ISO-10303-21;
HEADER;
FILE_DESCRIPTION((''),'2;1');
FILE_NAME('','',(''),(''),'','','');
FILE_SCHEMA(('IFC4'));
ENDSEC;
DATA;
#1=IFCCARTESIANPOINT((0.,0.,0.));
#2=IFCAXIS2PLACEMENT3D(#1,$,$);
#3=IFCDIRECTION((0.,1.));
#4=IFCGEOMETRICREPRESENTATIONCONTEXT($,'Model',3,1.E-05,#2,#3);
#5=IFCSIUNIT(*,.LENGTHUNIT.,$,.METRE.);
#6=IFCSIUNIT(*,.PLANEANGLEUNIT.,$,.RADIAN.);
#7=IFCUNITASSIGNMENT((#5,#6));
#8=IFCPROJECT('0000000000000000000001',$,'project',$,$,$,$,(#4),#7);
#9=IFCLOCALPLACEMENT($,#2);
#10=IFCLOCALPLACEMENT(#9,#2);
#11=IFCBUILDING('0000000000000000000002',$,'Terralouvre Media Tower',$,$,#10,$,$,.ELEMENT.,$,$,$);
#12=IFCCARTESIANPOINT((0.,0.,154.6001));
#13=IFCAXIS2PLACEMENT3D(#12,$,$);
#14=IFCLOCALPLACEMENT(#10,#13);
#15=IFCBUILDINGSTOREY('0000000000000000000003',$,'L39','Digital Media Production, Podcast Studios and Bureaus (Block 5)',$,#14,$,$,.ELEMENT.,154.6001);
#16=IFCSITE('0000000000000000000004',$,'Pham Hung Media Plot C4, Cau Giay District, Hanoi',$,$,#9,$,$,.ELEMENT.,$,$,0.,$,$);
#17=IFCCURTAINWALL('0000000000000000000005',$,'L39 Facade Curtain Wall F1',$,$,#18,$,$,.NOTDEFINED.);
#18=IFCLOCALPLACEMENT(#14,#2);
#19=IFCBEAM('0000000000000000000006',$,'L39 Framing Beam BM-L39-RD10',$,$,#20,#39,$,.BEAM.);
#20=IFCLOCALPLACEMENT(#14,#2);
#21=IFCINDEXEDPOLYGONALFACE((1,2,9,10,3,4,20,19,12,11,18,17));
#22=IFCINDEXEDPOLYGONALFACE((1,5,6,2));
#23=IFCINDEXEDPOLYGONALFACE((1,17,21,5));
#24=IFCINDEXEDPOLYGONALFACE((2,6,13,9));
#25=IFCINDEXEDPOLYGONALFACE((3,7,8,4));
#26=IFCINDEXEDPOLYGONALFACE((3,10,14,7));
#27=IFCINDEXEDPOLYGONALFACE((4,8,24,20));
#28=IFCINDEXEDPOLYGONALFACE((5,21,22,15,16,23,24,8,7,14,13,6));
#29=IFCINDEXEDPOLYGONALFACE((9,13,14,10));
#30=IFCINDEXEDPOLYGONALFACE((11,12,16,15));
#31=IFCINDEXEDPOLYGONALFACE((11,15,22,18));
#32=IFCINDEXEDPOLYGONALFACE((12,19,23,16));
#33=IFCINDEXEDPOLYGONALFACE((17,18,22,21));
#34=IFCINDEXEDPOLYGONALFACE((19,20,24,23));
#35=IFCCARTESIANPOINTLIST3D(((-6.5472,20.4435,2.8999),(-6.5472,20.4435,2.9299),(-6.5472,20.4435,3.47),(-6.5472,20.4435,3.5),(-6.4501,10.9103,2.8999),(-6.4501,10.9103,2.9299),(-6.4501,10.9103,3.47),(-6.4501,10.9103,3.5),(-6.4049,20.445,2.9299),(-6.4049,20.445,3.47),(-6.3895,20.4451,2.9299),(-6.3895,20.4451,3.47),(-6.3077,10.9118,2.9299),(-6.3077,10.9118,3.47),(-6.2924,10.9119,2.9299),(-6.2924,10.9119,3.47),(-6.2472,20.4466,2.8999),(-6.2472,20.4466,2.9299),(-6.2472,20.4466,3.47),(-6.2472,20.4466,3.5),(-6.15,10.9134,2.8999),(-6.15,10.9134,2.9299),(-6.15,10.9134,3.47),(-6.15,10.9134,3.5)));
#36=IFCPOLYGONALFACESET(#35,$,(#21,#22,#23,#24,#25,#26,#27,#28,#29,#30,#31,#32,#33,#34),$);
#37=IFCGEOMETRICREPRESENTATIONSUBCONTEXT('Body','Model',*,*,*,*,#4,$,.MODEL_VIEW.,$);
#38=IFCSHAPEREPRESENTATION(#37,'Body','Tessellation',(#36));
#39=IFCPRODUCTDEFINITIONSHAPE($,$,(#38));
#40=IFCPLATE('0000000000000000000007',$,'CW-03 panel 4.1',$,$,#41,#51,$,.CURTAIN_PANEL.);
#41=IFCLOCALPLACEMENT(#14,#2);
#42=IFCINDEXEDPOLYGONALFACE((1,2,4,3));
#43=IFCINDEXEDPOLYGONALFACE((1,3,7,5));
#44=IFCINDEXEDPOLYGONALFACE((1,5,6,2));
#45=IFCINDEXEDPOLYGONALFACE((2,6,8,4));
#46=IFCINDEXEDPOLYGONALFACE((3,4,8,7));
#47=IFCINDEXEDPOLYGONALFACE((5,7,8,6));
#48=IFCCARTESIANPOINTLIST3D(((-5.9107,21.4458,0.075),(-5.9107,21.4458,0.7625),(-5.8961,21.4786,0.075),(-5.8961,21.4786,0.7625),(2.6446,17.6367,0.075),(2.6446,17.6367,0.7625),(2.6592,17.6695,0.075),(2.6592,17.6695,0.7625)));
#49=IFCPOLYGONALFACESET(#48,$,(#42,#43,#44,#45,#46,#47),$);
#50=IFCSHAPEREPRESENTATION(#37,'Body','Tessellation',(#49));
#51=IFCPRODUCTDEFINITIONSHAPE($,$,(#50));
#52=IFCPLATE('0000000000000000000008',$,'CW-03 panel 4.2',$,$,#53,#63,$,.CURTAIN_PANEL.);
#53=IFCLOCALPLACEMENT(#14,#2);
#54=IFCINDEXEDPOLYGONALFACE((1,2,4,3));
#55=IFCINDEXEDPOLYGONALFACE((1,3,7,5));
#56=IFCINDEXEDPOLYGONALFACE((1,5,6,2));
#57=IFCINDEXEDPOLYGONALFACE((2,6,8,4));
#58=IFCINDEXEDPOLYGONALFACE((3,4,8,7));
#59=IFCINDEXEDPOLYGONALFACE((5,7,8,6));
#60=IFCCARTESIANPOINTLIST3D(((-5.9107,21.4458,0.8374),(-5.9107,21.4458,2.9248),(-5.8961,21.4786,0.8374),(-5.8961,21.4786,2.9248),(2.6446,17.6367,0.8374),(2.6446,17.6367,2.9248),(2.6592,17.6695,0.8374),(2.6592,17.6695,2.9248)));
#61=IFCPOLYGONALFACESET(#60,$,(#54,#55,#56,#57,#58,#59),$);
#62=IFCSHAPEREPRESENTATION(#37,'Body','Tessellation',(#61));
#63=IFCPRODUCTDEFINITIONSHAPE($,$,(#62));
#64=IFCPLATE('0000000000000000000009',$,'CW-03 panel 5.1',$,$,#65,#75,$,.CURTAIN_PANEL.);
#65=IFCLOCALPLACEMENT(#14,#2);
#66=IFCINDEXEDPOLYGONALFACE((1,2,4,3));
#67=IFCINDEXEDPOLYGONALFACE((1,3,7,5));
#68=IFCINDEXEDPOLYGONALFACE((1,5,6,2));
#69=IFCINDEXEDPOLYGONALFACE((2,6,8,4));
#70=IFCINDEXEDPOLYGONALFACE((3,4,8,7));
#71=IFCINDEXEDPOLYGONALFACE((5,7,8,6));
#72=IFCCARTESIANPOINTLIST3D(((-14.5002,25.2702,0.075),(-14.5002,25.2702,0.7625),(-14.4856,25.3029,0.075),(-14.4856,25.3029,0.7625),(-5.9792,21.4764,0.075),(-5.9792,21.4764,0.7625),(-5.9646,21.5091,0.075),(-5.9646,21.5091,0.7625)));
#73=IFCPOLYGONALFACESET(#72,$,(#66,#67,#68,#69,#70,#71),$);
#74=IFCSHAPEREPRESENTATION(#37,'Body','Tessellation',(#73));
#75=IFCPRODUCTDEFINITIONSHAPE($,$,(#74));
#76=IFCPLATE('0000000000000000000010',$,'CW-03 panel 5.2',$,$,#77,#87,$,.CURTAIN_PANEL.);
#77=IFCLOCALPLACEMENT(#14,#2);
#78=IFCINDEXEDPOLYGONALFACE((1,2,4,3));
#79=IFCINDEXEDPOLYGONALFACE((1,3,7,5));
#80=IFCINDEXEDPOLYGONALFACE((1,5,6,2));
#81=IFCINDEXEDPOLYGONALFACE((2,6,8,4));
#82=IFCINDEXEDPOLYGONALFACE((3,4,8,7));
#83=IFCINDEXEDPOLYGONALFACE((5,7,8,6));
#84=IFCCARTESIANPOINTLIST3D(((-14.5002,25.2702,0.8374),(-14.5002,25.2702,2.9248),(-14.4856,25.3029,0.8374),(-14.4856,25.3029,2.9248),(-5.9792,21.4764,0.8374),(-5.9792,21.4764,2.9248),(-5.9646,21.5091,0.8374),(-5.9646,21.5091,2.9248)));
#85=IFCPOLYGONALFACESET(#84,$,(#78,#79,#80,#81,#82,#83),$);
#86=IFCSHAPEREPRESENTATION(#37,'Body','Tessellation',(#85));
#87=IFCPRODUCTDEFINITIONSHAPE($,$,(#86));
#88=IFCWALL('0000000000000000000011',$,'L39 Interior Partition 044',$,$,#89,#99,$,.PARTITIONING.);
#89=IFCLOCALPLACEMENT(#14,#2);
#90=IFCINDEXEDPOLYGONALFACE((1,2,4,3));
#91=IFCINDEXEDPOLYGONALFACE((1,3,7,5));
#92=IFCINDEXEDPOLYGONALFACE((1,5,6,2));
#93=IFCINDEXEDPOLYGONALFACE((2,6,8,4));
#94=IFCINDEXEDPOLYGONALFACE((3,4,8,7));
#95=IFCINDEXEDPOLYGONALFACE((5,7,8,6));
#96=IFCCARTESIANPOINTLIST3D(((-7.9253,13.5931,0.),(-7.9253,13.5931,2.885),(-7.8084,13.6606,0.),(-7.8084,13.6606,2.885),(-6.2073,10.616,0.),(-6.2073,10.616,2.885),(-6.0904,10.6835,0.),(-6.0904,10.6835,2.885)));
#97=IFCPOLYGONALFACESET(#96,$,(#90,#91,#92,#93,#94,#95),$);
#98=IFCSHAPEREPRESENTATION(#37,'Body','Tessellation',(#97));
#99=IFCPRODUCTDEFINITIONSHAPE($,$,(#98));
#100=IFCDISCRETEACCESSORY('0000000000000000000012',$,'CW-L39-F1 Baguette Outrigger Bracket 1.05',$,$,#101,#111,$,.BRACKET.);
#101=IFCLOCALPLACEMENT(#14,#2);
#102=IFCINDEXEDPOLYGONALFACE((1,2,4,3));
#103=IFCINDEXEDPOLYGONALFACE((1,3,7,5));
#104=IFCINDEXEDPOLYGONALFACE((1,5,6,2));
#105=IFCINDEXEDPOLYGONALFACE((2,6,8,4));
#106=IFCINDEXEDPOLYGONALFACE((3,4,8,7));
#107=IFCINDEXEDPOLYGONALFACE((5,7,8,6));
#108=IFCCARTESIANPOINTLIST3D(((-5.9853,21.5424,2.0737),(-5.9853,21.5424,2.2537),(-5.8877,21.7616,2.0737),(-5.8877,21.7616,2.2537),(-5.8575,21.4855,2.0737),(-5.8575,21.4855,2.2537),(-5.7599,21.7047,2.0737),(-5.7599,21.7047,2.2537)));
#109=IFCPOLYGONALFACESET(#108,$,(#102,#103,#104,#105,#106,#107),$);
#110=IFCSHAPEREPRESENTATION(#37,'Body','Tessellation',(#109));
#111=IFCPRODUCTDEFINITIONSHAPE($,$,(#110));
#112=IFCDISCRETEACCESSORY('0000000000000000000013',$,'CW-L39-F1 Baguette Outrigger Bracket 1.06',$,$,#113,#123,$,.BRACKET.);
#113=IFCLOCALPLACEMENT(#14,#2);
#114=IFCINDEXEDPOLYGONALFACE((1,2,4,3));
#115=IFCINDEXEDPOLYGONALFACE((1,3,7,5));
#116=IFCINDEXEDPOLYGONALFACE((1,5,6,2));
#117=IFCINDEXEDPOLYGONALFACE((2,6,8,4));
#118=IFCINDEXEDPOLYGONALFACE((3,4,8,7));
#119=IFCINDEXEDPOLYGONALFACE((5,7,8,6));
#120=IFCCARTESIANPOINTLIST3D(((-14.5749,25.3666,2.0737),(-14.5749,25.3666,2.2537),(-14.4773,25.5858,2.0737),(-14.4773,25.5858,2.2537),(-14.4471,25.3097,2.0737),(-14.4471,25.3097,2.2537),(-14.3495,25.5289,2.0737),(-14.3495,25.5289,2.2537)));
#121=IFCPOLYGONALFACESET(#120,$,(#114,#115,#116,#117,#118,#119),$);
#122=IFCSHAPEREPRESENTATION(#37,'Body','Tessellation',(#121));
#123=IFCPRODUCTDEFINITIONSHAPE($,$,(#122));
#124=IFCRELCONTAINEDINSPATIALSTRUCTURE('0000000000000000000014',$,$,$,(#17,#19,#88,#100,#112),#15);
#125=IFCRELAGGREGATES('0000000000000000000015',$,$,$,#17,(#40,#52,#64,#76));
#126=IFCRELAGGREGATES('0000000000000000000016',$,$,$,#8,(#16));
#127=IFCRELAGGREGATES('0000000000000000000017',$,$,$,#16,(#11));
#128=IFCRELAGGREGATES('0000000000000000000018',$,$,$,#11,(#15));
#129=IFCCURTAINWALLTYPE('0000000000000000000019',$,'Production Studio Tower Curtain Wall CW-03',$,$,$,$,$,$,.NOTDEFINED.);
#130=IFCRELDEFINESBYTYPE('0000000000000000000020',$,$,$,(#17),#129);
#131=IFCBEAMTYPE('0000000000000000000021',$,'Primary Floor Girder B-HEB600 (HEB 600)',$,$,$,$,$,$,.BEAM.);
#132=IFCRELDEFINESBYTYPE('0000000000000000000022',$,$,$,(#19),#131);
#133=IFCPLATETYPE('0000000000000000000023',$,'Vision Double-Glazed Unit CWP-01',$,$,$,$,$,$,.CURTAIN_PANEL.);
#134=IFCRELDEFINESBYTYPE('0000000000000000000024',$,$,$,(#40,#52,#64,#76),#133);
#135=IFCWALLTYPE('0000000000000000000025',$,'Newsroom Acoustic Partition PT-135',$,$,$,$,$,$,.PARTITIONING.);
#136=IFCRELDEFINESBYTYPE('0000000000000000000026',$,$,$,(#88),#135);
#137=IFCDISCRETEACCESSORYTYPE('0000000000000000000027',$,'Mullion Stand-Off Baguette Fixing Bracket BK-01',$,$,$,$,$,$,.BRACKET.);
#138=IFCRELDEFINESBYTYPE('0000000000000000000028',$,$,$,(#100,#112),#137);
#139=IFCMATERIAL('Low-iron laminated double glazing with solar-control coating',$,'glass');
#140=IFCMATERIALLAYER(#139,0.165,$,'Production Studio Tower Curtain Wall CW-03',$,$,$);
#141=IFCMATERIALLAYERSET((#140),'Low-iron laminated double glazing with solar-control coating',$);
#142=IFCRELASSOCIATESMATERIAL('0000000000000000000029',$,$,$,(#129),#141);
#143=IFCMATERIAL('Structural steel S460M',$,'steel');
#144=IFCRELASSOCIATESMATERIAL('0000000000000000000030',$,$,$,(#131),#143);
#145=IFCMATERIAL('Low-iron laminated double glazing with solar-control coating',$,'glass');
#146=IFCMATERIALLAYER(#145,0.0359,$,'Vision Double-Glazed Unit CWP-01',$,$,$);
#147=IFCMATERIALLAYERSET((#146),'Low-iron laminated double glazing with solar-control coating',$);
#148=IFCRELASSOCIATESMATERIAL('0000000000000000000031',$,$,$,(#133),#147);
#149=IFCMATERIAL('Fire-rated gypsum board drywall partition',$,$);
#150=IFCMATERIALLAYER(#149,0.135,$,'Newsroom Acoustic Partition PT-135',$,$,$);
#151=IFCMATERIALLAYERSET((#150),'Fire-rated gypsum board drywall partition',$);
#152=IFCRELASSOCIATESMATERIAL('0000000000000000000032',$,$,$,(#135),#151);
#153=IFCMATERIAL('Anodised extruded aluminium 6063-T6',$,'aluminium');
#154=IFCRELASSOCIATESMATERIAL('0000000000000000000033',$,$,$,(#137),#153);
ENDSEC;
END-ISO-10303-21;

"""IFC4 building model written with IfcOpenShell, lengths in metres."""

from ifc_helpers import new_model, si_unit, direction, frame, frame_2d, origin, origin_2d, place, context, subcontext, project, spatial, rectangle, i_section, extrude, material, layer, layer_set, material_profile, profile_set, type_object, element, aggregate, save


model = new_model("IFC4")

# Units and contexts
model_context = context("Model", 3, precision=1e-05, world=origin(), true_north=direction((0.0, 1.0)))
body_context = subcontext(model_context, "Body", "Model", "MODEL_VIEW")
ifc_project = project(units=[si_unit("LENGTHUNIT", "METRE"), si_unit("PLANEANGLEUNIT", "RADIAN")], contexts=[model_context])

# Site, building, storey
site_placement = place(None, origin())
site = spatial("IfcSite", under=ifc_project, at=site_placement, Name="Pham Hung Media Plot C4, Cau Giay District, Hanoi", CompositionType="ELEMENT", RefElevation=0.0)
building_placement = place(site_placement, origin())
building = spatial("IfcBuilding", under=site, at=building_placement, Name="Terralouvre Media Tower", CompositionType="ELEMENT")
storey_placement = place(building_placement, frame((0.0, 0.0, 154.6001)))
storey = spatial("IfcBuildingStorey", under=building, at=storey_placement, Name="L39", Description="Digital Media Production, Podcast Studios and Bureaus (Block 5)", CompositionType="ELEMENT", Elevation=154.6001)

# Curtain wall
ifc_material_1 = material(Name="Low-iron laminated double glazing with solar-control coating", Category="glass")
ifc_layer_1 = layer(ifc_material_1, 0.165, Name="Production Studio Tower Curtain Wall CW-03")
ifc_layer_set_1 = layer_set([ifc_layer_1], Name="Low-iron laminated double glazing with solar-control coating")
curtain_wall_type_1 = type_object("IfcCurtainWallType", Name="Production Studio Tower Curtain Wall CW-03", PredefinedType="NOTDEFINED", material=ifc_layer_set_1)
curtain_wall_1_placement = place(storey_placement, origin())
curtain_wall_1 = element("IfcCurtainWall", 1, at=curtain_wall_1_placement, inside=storey, type_object=curtain_wall_type_1, Name="L39 Facade Curtain Wall F1", PredefinedType="NOTDEFINED")

# Beam
ifc_material_2 = material(Name="Structural steel S460M", Category="steel")
ifc_material_profile_1 = material_profile(ifc_material_2, i_section(OverallWidth=0.3, OverallDepth=0.6001, WebThickness=0.0154, FlangeThickness=0.03, at=origin_2d()), Name="HEB 600")
ifc_profile_set_1 = profile_set([ifc_material_profile_1], Name="Structural steel S460M")
beam_type_1 = type_object("IfcBeamType", Name="Primary Floor Girder B-HEB600 (HEB 600)", PredefinedType="BEAM", material=ifc_profile_set_1)
beam_1_placement = place(storey_placement, frame((-6.3, 10.9119, 3.2), z_axis=(-0.010192, 0.999948, 0.0), x_axis=(-0.999948, -0.010192, 0.0)))
element("IfcBeam", 2, at=beam_1_placement, inside=storey, type_object=beam_type_1, Name="L39 Framing Beam BM-L39-RD10", PredefinedType="BEAM", context=body_context, shape_type="SweptSolid", body=[
    extrude(i_section(OverallWidth=0.3, OverallDepth=0.6001, WebThickness=0.0154, FlangeThickness=0.03, at=origin_2d()), origin(), (0.0, 0.0, 1.0), 9.5337),
])

# Plates
ifc_material_3 = material(Name="Low-iron laminated double glazing with solar-control coating", Category="glass")
ifc_layer_2 = layer(ifc_material_3, 0.0359, Name="Vision Double-Glazed Unit CWP-01")
ifc_layer_set_2 = layer_set([ifc_layer_2], Name="Low-iron laminated double glazing with solar-control coating")
plate_type = type_object("IfcPlateType", Name="Vision Double-Glazed Unit CWP-01", PredefinedType="CURTAIN_PANEL", material=ifc_layer_set_2)
plate_1_placement = place(storey_placement, frame((-1.6257, 19.5576, 0.075), z_axis=(0.0, 0.0, 1.0), x_axis=(-0.913545, 0.406737, 0.0)))
plate_1 = element("IfcPlate", 3, at=plate_1_placement, type_object=plate_type, Name="CW-03 panel 4.1", PredefinedType="CURTAIN_PANEL", context=body_context, shape_type="SweptSolid", body=[
    extrude(rectangle(XDim=9.365, YDim=0.0359, at=origin_2d()), origin(), (0.0, 0.0, 1.0), 0.6875),
])
plate_2_placement = place(storey_placement, frame((-1.6257, 19.5576, 0.8374), z_axis=(0.0, 0.0, 1.0), x_axis=(-0.913545, 0.406737, 0.0)))
plate_2 = element("IfcPlate", 4, at=plate_2_placement, type_object=plate_type, Name="CW-03 panel 4.2", PredefinedType="CURTAIN_PANEL", context=body_context, shape_type="SweptSolid", body=[
    extrude(rectangle(XDim=9.365, YDim=0.0359, at=origin_2d()), origin(), (0.0, 0.0, 1.0), 2.0874),
])
plate_3_placement = place(storey_placement, frame((-10.2324, 23.3896, 0.075), z_axis=(0.0, 0.0, 1.0), x_axis=(-0.913545, 0.406737, 0.0)))
plate_3 = element("IfcPlate", 5, at=plate_3_placement, type_object=plate_type, Name="CW-03 panel 5.1", PredefinedType="CURTAIN_PANEL", context=body_context, shape_type="SweptSolid", body=[
    extrude(rectangle(XDim=9.3274, YDim=0.0359, at=origin_2d()), origin(), (0.0, 0.0, 1.0), 0.6875),
])
plate_4_placement = place(storey_placement, frame((-10.2324, 23.3896, 0.8374), z_axis=(0.0, 0.0, 1.0), x_axis=(-0.913545, 0.406737, 0.0)))
plate_4 = element("IfcPlate", 6, at=plate_4_placement, type_object=plate_type, Name="CW-03 panel 5.2", PredefinedType="CURTAIN_PANEL", context=body_context, shape_type="SweptSolid", body=[
    extrude(rectangle(XDim=9.3274, YDim=0.0359, at=origin_2d()), origin(), (0.0, 0.0, 1.0), 2.0874),
])
aggregate(curtain_wall_1, [plate_1, plate_2, plate_3, plate_4])

# Wall
ifc_material_4 = material(Name="Fire-rated gypsum board drywall partition")
ifc_layer_3 = layer(ifc_material_4, 0.135, Name="Newsroom Acoustic Partition PT-135")
ifc_layer_set_3 = layer_set([ifc_layer_3], Name="Fire-rated gypsum board drywall partition")
wall_type = type_object("IfcWallType", Name="Newsroom Acoustic Partition PT-135", PredefinedType="PARTITIONING", material=ifc_layer_set_3)
wall_placement = place(storey_placement, frame((-7.8669, 13.627, 0.0), z_axis=(0.0, 0.0, 1.0), x_axis=(0.499829, -0.866124, 0.0)))
element("IfcWall", 7, at=wall_placement, inside=storey, type_object=wall_type, Name="L39 Interior Partition 044", PredefinedType="PARTITIONING", context=body_context, shape_type="SweptSolid", body=[
    extrude(rectangle(XDim=3.4373, YDim=0.135, at=frame_2d((1.7188, 0.0))), origin(), (0.0, 0.0, 1.0), 2.885),
])

# Discrete accessories
ifc_material_5 = material(Name="Anodised extruded aluminium 6063-T6", Category="aluminium")
discrete_accessory_type = type_object("IfcDiscreteAccessoryType", Name="Mullion Stand-Off Baguette Fixing Bracket BK-01", PredefinedType="BRACKET", material=ifc_material_5)
for number, where, z_axis, x_axis, name in (
    (8, (-5.8726, 21.6235, 2.0737), (0.0, 0.0, 1.0), (-0.913545, 0.406737, 0.0), "CW-L39-F1 Baguette Outrigger Bracket 1.05"),
    (9, (-14.4622, 25.4478, 2.0737), (0.0, 0.0, 1.0), (-0.913545, 0.406737, 0.0), "CW-L39-F1 Baguette Outrigger Bracket 1.06"),
):
    element("IfcDiscreteAccessory", number, at=place(storey_placement, frame(where, z_axis=z_axis, x_axis=x_axis)), inside=storey, type_object=discrete_accessory_type, Name=name, PredefinedType="BRACKET", context=body_context, shape_type="SweptSolid", body=[
        extrude(rectangle(XDim=0.1399, YDim=0.24, at=origin_2d()), origin(), (0.0, 0.0, 1.0), 0.1799),
    ])

save(model, "model.ifc")
